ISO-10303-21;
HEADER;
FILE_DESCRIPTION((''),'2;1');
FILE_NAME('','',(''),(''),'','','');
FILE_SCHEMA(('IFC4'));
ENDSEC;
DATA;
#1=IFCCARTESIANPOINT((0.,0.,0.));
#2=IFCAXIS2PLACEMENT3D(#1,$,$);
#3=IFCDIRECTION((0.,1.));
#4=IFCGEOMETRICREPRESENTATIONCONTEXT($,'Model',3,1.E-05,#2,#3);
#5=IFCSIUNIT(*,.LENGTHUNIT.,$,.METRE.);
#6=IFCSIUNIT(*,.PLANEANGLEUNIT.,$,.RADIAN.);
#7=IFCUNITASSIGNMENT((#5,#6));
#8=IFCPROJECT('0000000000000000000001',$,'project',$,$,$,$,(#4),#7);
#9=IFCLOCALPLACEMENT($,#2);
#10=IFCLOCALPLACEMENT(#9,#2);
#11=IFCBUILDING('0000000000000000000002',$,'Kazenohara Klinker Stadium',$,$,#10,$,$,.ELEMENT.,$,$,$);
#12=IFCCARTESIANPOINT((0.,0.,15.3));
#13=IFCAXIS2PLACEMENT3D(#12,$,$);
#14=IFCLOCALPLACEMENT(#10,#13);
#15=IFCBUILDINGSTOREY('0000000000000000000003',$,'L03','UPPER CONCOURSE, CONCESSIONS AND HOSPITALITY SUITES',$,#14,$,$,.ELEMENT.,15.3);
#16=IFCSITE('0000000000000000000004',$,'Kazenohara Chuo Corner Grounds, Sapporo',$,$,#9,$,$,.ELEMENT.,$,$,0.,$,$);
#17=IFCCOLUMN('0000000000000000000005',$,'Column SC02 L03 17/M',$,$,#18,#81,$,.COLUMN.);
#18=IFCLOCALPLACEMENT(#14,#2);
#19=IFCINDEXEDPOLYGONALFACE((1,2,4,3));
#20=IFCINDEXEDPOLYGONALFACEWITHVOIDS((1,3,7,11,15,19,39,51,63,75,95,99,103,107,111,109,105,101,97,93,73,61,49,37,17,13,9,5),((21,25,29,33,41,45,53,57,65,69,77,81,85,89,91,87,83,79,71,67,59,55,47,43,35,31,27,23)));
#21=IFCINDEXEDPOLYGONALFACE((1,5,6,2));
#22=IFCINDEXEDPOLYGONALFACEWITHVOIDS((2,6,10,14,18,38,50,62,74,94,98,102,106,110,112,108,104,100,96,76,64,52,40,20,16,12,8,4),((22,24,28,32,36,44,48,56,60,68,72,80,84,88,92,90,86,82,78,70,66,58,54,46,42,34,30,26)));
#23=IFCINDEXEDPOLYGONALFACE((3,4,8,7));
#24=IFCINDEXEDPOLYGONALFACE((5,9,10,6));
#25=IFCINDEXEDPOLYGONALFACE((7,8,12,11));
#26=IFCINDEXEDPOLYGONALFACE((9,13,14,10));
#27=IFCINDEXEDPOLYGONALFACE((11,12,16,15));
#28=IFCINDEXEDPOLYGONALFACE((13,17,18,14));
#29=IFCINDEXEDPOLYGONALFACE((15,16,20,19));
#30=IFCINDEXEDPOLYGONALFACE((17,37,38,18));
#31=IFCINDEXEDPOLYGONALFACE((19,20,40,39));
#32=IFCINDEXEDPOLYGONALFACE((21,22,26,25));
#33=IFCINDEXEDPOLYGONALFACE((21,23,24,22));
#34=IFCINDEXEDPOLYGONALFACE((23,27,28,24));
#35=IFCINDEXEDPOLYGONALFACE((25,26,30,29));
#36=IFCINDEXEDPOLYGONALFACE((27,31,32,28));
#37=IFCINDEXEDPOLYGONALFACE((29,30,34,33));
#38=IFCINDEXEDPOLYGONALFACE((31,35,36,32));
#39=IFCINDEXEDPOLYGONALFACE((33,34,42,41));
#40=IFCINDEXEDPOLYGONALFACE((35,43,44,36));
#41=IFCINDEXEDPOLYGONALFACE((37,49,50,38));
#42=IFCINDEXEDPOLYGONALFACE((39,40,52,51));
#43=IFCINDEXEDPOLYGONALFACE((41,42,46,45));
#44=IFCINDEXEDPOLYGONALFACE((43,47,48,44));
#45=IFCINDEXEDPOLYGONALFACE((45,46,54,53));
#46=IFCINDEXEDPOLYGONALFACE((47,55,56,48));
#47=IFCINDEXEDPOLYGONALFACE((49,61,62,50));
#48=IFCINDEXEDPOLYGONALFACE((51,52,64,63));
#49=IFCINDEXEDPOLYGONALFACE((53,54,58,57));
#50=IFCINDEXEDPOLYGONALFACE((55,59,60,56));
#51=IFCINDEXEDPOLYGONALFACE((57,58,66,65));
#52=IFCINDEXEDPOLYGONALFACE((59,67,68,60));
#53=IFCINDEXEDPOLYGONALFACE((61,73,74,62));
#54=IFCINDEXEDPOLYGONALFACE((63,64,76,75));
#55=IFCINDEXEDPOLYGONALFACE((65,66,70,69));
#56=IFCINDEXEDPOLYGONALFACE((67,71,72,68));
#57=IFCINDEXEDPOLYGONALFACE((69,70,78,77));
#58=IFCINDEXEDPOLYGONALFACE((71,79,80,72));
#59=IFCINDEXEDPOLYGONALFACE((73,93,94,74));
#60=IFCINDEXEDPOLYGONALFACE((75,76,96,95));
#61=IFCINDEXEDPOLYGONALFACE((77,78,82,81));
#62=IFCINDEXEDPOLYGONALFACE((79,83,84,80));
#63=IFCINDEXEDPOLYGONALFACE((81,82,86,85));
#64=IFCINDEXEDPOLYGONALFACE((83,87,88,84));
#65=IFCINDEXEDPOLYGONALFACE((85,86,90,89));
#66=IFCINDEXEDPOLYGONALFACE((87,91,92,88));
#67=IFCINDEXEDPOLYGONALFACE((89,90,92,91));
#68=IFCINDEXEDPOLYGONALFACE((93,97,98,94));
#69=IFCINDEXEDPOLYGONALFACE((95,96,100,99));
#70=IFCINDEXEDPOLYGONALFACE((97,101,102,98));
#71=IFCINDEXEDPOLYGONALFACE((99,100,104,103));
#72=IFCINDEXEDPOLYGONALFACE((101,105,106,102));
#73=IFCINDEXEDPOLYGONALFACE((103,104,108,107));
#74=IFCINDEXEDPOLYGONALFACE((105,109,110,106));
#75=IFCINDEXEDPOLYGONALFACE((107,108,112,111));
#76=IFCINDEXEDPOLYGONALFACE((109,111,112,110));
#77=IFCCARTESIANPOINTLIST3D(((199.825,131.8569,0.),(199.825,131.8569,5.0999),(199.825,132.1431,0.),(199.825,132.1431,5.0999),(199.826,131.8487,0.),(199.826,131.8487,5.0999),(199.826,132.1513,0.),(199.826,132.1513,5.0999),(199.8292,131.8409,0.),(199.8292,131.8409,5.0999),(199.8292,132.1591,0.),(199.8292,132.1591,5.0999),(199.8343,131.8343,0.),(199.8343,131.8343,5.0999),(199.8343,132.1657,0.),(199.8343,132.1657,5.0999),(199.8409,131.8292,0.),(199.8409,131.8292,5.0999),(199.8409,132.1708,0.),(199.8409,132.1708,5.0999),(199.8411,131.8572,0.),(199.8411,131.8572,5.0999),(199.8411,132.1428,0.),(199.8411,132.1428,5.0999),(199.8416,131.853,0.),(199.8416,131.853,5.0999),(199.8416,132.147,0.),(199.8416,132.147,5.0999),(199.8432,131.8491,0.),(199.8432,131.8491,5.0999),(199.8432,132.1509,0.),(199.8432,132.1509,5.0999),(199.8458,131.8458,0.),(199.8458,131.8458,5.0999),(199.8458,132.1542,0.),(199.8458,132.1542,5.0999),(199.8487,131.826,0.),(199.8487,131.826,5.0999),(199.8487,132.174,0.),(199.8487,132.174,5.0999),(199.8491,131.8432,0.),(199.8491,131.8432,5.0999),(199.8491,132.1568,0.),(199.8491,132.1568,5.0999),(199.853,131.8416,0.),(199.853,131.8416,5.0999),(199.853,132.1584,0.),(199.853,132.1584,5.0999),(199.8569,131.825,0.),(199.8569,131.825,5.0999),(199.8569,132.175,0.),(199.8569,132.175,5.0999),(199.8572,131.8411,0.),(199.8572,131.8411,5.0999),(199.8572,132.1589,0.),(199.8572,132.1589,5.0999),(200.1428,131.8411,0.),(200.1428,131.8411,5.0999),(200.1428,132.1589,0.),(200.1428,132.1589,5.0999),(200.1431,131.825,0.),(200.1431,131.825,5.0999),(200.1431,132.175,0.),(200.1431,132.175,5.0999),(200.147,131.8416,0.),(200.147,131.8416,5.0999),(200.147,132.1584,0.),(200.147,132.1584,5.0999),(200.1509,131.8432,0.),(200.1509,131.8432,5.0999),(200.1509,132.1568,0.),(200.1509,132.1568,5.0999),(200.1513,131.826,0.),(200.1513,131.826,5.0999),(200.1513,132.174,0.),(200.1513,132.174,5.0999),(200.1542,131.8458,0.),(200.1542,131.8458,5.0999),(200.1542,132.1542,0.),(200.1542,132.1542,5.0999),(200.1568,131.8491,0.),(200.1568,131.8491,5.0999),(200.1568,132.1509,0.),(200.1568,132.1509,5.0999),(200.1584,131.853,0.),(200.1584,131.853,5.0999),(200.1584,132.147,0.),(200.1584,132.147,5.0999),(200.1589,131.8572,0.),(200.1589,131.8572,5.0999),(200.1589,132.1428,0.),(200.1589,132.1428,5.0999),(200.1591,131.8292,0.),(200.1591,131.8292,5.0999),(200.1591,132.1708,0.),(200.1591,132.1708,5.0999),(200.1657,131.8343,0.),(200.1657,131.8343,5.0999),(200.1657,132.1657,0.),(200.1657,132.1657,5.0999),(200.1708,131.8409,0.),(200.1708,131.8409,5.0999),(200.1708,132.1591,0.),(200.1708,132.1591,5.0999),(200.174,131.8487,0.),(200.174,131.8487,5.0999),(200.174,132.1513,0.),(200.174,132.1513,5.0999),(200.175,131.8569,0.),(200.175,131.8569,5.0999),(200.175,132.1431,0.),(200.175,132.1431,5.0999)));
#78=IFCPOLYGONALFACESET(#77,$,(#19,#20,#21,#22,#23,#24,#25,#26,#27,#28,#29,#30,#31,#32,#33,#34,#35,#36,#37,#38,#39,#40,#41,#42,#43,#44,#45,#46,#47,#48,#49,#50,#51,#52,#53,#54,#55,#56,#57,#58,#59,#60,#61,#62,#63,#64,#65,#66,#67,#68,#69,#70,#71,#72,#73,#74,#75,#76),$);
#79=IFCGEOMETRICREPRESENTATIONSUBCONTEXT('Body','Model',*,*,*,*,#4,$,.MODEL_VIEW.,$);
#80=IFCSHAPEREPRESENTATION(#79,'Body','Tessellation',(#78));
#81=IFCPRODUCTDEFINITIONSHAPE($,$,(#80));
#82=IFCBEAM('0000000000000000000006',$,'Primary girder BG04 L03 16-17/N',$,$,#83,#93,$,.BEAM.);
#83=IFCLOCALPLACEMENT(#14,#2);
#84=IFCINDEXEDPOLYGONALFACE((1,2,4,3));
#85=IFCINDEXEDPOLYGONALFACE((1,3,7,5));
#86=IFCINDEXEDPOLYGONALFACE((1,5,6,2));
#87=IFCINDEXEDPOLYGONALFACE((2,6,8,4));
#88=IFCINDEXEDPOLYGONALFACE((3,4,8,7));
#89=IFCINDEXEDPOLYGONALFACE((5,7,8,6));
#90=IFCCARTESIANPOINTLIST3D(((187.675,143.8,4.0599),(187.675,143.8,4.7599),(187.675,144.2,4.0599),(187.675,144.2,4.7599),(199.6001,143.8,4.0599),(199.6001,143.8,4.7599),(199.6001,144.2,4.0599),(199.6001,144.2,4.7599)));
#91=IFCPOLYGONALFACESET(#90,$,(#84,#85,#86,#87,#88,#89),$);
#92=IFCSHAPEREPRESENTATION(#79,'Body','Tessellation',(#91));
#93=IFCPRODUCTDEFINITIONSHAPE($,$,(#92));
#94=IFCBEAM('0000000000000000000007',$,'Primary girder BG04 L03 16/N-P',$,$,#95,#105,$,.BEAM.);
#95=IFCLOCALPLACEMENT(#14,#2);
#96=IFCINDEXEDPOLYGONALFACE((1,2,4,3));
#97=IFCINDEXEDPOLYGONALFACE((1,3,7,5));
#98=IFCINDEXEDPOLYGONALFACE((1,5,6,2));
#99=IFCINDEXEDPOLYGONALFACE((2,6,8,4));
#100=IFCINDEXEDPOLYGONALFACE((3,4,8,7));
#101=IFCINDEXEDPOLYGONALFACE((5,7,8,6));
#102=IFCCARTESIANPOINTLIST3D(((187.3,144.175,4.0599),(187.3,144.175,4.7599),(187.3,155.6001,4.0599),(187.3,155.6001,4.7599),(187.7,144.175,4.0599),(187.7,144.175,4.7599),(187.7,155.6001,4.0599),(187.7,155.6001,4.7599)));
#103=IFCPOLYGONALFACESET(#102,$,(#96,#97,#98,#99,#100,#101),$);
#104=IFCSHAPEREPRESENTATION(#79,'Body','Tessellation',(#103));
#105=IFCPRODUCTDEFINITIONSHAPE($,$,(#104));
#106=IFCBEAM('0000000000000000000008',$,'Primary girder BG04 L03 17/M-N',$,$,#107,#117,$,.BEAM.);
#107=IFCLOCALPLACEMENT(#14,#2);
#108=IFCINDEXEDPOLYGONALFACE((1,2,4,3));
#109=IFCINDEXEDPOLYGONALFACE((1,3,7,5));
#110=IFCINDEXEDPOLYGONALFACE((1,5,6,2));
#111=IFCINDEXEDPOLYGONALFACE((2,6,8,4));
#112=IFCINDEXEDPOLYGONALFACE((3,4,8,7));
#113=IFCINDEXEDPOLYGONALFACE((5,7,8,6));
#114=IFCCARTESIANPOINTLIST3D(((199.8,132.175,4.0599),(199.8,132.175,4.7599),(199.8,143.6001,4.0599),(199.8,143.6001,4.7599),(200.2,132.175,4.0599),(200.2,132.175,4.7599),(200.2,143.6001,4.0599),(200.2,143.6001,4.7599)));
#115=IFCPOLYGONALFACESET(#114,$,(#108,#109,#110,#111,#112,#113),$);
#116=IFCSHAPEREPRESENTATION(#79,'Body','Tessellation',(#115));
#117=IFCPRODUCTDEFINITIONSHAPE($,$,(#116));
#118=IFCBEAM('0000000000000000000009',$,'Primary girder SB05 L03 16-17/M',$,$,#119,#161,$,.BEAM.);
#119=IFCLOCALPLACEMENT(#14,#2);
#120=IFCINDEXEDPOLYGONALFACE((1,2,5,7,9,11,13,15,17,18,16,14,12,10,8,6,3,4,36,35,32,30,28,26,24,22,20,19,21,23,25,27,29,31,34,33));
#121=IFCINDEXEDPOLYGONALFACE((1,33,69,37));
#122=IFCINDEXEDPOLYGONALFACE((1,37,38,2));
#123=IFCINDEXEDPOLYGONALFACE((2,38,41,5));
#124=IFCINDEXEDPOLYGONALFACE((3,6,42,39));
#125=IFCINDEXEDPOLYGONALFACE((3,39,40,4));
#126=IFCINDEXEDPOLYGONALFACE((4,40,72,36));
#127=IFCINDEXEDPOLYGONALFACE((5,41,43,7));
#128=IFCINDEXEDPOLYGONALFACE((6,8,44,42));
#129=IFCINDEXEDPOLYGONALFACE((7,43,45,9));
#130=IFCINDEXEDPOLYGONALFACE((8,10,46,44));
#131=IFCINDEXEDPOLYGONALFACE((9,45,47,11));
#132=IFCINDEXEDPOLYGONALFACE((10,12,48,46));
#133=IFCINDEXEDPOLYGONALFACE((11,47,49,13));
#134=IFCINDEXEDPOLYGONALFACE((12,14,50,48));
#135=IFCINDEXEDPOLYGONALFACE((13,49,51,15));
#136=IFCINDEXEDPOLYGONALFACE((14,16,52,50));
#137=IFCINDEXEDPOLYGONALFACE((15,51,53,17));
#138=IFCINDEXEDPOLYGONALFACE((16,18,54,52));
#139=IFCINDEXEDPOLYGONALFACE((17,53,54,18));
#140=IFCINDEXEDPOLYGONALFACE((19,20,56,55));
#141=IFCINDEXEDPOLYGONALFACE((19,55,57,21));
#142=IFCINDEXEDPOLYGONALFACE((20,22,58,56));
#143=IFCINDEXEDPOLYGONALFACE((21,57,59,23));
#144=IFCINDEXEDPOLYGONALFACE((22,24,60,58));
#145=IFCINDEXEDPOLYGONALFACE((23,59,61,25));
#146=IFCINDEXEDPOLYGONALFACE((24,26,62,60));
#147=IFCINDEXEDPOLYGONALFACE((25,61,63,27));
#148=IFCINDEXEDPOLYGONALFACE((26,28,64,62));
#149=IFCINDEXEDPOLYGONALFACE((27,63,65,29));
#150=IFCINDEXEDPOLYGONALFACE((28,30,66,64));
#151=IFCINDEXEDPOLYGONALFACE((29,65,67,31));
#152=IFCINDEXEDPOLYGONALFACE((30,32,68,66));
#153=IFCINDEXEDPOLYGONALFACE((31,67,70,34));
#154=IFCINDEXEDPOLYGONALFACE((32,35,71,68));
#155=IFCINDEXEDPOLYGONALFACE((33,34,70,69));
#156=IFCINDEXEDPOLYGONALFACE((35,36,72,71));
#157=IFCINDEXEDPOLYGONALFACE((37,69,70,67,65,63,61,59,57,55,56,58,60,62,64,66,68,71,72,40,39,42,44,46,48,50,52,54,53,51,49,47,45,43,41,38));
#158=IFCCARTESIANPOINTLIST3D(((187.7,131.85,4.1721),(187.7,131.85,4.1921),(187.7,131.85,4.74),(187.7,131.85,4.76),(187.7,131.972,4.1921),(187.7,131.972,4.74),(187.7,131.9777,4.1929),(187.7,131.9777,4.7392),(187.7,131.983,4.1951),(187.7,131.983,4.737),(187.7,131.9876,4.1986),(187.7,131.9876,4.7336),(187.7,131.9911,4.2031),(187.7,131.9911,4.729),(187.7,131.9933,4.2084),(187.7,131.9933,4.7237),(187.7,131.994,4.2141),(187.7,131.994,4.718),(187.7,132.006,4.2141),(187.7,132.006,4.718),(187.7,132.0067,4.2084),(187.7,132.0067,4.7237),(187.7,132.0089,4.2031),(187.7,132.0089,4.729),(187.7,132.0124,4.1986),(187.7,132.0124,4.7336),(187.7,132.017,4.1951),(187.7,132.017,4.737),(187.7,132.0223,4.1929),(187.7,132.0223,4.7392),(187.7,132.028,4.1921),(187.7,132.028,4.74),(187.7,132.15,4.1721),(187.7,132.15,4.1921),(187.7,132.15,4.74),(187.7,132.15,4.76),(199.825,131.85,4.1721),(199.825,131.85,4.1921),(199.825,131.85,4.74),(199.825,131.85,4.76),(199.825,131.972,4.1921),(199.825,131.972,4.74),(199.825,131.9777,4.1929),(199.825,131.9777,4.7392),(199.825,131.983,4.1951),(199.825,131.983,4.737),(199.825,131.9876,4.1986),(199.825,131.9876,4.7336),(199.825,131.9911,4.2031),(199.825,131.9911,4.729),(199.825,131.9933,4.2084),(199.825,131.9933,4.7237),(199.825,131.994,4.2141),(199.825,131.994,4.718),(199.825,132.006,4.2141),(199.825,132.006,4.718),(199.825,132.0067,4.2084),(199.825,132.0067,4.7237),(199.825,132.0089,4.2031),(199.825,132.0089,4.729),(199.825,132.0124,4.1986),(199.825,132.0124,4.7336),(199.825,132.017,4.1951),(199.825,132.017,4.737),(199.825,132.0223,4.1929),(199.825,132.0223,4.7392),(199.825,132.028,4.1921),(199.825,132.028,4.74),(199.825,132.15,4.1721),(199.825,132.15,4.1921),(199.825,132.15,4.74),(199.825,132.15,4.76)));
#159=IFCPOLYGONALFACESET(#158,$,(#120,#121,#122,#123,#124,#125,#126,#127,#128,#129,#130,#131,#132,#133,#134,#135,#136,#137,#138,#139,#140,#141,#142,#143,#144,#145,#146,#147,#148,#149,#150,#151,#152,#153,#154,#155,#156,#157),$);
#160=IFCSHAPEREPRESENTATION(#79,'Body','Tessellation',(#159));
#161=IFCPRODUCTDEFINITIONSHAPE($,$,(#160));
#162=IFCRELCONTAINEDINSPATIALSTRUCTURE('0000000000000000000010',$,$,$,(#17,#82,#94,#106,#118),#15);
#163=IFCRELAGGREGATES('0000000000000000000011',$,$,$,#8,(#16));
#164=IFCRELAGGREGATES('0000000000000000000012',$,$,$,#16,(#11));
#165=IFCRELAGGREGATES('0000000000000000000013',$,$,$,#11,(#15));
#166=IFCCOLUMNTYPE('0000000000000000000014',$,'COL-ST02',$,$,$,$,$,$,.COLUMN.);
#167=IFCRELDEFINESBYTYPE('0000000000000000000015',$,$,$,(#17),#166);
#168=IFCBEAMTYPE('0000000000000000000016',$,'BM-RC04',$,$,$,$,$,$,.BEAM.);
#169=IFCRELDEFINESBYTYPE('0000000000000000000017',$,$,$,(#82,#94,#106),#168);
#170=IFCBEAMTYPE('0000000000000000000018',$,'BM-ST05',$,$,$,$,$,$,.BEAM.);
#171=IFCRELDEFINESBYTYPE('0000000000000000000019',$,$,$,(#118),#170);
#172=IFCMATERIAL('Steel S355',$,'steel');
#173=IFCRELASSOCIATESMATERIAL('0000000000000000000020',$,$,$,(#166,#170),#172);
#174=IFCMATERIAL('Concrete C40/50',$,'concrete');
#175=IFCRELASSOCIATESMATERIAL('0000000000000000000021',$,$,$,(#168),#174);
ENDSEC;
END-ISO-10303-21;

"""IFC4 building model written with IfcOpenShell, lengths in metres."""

from ifc_helpers import new_model, si_unit, direction, frame, origin, origin_2d, place, context, subcontext, project, spatial, rectangle, hollow_rectangle, i_section, extrude, material, material_profile, profile_set, type_object, element, save


model = new_model("IFC4")

# Units and contexts
model_context = context("Model", 3, precision=1e-05, world=origin(), true_north=direction((0.0, 1.0)))
body_context = subcontext(model_context, "Body", "Model", "MODEL_VIEW")
ifc_project = project(units=[si_unit("LENGTHUNIT", "METRE"), si_unit("PLANEANGLEUNIT", "RADIAN")], contexts=[model_context])

# Site, building, storey
site_placement = place(None, origin())
site = spatial("IfcSite", under=ifc_project, at=site_placement, Name="Kazenohara Chuo Corner Grounds, Sapporo", CompositionType="ELEMENT", RefElevation=0.0)
building_placement = place(site_placement, origin())
building = spatial("IfcBuilding", under=site, at=building_placement, Name="Kazenohara Klinker Stadium", CompositionType="ELEMENT")
storey_placement = place(building_placement, frame((0.0, 0.0, 15.3)))
storey = spatial("IfcBuildingStorey", under=building, at=storey_placement, Name="L03", Description="UPPER CONCOURSE, CONCESSIONS AND HOSPITALITY SUITES", CompositionType="ELEMENT", Elevation=15.3)

# Column
ifc_material_1 = material(Name="Concrete C40/50", Category="concrete")
ifc_material_2 = material(Name="Steel S355", Category="steel")
ifc_material_profile_1 = material_profile(ifc_material_2, hollow_rectangle(XDim=0.3501, YDim=0.3501, WallThickness=0.0161, InnerFilletRadius=0.0161, OuterFilletRadius=0.032, at=origin_2d()), Name="SHS-350x350x16")
ifc_profile_set_1 = profile_set([ifc_material_profile_1], Name="Steel S355")
column_type_1 = type_object("IfcColumnType", Name="COL-ST02", PredefinedType="COLUMN", material=ifc_profile_set_1)
for number, where, z_axis, x_axis, name in (
    (1, (200.0, 132.0, 0.0), (0.0, 0.0, 1.0), (1.0, 0.0, 0.0), "Column SC02 L03 17/M"),
):
    element("IfcColumn", number, at=place(storey_placement, frame(where, z_axis=z_axis, x_axis=x_axis)), inside=storey, type_object=column_type_1, Name=name, PredefinedType="COLUMN", context=body_context, shape_type="SweptSolid", body=[
        extrude(hollow_rectangle(XDim=0.3501, YDim=0.3501, WallThickness=0.0161, InnerFilletRadius=0.0161, OuterFilletRadius=0.032, at=origin_2d()), origin(), (0.0, 0.0, 1.0), 5.0999),
    ])

# Beams
ifc_material_profile_2 = material_profile(ifc_material_1, rectangle(XDim=0.3999, YDim=0.7, at=origin_2d()), Name="RC-BM-400x700")
ifc_profile_set_2 = profile_set([ifc_material_profile_2], Name="Concrete C40/50")
beam_type_1 = type_object("IfcBeamType", Name="BM-RC04", PredefinedType="BEAM", material=ifc_profile_set_2)
beam_1_placement = place(storey_placement, frame((187.675, 144.0, 4.4099), z_axis=(1.0, 0.0, 0.0), x_axis=(0.0, 1.0, 0.0)))
element("IfcBeam", 2, at=beam_1_placement, inside=storey, type_object=beam_type_1, Name="Primary girder BG04 L03 16-17/N", PredefinedType="BEAM", context=body_context, shape_type="SweptSolid", body=[
    extrude(rectangle(XDim=0.3999, YDim=0.7, at=origin_2d()), origin(), (0.0, 0.0, 1.0), 11.925),
])
for number, where, z_axis, x_axis, name in (
    (3, (187.5, 144.175, 4.4099), (0.0, 1.0, 0.0), (-1.0, 0.0, 0.0), "Primary girder BG04 L03 16/N-P"),
    (4, (200.0, 132.175, 4.4099), (0.0, 1.0, 0.0), (-1.0, 0.0, 0.0), "Primary girder BG04 L03 17/M-N"),
):
    element("IfcBeam", number, at=place(storey_placement, frame(where, z_axis=z_axis, x_axis=x_axis)), inside=storey, type_object=beam_type_1, Name=name, PredefinedType="BEAM", context=body_context, shape_type="SweptSolid", body=[
        extrude(rectangle(XDim=0.3999, YDim=0.7, at=origin_2d()), origin(), (0.0, 0.0, 1.0), 11.425),
    ])
ifc_material_profile_3 = material_profile(ifc_material_2, i_section(OverallWidth=0.3, OverallDepth=0.5879, WebThickness=0.012, FlangeThickness=0.02, FilletRadius=0.022, at=origin_2d()), Name="H-588x300x12x20")
ifc_profile_set_3 = profile_set([ifc_material_profile_3], Name="Steel S355")
beam_type_2 = type_object("IfcBeamType", Name="BM-ST05", PredefinedType="BEAM", material=ifc_profile_set_3)
beam_2_placement = place(storey_placement, frame((187.7, 132.0, 4.4661), z_axis=(1.0, 0.0, 0.0), x_axis=(0.0, 1.0, 0.0)))
element("IfcBeam", 5, at=beam_2_placement, inside=storey, type_object=beam_type_2, Name="Primary girder SB05 L03 16-17/M", PredefinedType="BEAM", context=body_context, shape_type="SweptSolid", body=[
    extrude(i_section(OverallWidth=0.3, OverallDepth=0.5879, WebThickness=0.012, FlangeThickness=0.02, FilletRadius=0.022, at=origin_2d()), origin(), (0.0, 0.0, 1.0), 12.125),
])

save(model, "model.ifc")
